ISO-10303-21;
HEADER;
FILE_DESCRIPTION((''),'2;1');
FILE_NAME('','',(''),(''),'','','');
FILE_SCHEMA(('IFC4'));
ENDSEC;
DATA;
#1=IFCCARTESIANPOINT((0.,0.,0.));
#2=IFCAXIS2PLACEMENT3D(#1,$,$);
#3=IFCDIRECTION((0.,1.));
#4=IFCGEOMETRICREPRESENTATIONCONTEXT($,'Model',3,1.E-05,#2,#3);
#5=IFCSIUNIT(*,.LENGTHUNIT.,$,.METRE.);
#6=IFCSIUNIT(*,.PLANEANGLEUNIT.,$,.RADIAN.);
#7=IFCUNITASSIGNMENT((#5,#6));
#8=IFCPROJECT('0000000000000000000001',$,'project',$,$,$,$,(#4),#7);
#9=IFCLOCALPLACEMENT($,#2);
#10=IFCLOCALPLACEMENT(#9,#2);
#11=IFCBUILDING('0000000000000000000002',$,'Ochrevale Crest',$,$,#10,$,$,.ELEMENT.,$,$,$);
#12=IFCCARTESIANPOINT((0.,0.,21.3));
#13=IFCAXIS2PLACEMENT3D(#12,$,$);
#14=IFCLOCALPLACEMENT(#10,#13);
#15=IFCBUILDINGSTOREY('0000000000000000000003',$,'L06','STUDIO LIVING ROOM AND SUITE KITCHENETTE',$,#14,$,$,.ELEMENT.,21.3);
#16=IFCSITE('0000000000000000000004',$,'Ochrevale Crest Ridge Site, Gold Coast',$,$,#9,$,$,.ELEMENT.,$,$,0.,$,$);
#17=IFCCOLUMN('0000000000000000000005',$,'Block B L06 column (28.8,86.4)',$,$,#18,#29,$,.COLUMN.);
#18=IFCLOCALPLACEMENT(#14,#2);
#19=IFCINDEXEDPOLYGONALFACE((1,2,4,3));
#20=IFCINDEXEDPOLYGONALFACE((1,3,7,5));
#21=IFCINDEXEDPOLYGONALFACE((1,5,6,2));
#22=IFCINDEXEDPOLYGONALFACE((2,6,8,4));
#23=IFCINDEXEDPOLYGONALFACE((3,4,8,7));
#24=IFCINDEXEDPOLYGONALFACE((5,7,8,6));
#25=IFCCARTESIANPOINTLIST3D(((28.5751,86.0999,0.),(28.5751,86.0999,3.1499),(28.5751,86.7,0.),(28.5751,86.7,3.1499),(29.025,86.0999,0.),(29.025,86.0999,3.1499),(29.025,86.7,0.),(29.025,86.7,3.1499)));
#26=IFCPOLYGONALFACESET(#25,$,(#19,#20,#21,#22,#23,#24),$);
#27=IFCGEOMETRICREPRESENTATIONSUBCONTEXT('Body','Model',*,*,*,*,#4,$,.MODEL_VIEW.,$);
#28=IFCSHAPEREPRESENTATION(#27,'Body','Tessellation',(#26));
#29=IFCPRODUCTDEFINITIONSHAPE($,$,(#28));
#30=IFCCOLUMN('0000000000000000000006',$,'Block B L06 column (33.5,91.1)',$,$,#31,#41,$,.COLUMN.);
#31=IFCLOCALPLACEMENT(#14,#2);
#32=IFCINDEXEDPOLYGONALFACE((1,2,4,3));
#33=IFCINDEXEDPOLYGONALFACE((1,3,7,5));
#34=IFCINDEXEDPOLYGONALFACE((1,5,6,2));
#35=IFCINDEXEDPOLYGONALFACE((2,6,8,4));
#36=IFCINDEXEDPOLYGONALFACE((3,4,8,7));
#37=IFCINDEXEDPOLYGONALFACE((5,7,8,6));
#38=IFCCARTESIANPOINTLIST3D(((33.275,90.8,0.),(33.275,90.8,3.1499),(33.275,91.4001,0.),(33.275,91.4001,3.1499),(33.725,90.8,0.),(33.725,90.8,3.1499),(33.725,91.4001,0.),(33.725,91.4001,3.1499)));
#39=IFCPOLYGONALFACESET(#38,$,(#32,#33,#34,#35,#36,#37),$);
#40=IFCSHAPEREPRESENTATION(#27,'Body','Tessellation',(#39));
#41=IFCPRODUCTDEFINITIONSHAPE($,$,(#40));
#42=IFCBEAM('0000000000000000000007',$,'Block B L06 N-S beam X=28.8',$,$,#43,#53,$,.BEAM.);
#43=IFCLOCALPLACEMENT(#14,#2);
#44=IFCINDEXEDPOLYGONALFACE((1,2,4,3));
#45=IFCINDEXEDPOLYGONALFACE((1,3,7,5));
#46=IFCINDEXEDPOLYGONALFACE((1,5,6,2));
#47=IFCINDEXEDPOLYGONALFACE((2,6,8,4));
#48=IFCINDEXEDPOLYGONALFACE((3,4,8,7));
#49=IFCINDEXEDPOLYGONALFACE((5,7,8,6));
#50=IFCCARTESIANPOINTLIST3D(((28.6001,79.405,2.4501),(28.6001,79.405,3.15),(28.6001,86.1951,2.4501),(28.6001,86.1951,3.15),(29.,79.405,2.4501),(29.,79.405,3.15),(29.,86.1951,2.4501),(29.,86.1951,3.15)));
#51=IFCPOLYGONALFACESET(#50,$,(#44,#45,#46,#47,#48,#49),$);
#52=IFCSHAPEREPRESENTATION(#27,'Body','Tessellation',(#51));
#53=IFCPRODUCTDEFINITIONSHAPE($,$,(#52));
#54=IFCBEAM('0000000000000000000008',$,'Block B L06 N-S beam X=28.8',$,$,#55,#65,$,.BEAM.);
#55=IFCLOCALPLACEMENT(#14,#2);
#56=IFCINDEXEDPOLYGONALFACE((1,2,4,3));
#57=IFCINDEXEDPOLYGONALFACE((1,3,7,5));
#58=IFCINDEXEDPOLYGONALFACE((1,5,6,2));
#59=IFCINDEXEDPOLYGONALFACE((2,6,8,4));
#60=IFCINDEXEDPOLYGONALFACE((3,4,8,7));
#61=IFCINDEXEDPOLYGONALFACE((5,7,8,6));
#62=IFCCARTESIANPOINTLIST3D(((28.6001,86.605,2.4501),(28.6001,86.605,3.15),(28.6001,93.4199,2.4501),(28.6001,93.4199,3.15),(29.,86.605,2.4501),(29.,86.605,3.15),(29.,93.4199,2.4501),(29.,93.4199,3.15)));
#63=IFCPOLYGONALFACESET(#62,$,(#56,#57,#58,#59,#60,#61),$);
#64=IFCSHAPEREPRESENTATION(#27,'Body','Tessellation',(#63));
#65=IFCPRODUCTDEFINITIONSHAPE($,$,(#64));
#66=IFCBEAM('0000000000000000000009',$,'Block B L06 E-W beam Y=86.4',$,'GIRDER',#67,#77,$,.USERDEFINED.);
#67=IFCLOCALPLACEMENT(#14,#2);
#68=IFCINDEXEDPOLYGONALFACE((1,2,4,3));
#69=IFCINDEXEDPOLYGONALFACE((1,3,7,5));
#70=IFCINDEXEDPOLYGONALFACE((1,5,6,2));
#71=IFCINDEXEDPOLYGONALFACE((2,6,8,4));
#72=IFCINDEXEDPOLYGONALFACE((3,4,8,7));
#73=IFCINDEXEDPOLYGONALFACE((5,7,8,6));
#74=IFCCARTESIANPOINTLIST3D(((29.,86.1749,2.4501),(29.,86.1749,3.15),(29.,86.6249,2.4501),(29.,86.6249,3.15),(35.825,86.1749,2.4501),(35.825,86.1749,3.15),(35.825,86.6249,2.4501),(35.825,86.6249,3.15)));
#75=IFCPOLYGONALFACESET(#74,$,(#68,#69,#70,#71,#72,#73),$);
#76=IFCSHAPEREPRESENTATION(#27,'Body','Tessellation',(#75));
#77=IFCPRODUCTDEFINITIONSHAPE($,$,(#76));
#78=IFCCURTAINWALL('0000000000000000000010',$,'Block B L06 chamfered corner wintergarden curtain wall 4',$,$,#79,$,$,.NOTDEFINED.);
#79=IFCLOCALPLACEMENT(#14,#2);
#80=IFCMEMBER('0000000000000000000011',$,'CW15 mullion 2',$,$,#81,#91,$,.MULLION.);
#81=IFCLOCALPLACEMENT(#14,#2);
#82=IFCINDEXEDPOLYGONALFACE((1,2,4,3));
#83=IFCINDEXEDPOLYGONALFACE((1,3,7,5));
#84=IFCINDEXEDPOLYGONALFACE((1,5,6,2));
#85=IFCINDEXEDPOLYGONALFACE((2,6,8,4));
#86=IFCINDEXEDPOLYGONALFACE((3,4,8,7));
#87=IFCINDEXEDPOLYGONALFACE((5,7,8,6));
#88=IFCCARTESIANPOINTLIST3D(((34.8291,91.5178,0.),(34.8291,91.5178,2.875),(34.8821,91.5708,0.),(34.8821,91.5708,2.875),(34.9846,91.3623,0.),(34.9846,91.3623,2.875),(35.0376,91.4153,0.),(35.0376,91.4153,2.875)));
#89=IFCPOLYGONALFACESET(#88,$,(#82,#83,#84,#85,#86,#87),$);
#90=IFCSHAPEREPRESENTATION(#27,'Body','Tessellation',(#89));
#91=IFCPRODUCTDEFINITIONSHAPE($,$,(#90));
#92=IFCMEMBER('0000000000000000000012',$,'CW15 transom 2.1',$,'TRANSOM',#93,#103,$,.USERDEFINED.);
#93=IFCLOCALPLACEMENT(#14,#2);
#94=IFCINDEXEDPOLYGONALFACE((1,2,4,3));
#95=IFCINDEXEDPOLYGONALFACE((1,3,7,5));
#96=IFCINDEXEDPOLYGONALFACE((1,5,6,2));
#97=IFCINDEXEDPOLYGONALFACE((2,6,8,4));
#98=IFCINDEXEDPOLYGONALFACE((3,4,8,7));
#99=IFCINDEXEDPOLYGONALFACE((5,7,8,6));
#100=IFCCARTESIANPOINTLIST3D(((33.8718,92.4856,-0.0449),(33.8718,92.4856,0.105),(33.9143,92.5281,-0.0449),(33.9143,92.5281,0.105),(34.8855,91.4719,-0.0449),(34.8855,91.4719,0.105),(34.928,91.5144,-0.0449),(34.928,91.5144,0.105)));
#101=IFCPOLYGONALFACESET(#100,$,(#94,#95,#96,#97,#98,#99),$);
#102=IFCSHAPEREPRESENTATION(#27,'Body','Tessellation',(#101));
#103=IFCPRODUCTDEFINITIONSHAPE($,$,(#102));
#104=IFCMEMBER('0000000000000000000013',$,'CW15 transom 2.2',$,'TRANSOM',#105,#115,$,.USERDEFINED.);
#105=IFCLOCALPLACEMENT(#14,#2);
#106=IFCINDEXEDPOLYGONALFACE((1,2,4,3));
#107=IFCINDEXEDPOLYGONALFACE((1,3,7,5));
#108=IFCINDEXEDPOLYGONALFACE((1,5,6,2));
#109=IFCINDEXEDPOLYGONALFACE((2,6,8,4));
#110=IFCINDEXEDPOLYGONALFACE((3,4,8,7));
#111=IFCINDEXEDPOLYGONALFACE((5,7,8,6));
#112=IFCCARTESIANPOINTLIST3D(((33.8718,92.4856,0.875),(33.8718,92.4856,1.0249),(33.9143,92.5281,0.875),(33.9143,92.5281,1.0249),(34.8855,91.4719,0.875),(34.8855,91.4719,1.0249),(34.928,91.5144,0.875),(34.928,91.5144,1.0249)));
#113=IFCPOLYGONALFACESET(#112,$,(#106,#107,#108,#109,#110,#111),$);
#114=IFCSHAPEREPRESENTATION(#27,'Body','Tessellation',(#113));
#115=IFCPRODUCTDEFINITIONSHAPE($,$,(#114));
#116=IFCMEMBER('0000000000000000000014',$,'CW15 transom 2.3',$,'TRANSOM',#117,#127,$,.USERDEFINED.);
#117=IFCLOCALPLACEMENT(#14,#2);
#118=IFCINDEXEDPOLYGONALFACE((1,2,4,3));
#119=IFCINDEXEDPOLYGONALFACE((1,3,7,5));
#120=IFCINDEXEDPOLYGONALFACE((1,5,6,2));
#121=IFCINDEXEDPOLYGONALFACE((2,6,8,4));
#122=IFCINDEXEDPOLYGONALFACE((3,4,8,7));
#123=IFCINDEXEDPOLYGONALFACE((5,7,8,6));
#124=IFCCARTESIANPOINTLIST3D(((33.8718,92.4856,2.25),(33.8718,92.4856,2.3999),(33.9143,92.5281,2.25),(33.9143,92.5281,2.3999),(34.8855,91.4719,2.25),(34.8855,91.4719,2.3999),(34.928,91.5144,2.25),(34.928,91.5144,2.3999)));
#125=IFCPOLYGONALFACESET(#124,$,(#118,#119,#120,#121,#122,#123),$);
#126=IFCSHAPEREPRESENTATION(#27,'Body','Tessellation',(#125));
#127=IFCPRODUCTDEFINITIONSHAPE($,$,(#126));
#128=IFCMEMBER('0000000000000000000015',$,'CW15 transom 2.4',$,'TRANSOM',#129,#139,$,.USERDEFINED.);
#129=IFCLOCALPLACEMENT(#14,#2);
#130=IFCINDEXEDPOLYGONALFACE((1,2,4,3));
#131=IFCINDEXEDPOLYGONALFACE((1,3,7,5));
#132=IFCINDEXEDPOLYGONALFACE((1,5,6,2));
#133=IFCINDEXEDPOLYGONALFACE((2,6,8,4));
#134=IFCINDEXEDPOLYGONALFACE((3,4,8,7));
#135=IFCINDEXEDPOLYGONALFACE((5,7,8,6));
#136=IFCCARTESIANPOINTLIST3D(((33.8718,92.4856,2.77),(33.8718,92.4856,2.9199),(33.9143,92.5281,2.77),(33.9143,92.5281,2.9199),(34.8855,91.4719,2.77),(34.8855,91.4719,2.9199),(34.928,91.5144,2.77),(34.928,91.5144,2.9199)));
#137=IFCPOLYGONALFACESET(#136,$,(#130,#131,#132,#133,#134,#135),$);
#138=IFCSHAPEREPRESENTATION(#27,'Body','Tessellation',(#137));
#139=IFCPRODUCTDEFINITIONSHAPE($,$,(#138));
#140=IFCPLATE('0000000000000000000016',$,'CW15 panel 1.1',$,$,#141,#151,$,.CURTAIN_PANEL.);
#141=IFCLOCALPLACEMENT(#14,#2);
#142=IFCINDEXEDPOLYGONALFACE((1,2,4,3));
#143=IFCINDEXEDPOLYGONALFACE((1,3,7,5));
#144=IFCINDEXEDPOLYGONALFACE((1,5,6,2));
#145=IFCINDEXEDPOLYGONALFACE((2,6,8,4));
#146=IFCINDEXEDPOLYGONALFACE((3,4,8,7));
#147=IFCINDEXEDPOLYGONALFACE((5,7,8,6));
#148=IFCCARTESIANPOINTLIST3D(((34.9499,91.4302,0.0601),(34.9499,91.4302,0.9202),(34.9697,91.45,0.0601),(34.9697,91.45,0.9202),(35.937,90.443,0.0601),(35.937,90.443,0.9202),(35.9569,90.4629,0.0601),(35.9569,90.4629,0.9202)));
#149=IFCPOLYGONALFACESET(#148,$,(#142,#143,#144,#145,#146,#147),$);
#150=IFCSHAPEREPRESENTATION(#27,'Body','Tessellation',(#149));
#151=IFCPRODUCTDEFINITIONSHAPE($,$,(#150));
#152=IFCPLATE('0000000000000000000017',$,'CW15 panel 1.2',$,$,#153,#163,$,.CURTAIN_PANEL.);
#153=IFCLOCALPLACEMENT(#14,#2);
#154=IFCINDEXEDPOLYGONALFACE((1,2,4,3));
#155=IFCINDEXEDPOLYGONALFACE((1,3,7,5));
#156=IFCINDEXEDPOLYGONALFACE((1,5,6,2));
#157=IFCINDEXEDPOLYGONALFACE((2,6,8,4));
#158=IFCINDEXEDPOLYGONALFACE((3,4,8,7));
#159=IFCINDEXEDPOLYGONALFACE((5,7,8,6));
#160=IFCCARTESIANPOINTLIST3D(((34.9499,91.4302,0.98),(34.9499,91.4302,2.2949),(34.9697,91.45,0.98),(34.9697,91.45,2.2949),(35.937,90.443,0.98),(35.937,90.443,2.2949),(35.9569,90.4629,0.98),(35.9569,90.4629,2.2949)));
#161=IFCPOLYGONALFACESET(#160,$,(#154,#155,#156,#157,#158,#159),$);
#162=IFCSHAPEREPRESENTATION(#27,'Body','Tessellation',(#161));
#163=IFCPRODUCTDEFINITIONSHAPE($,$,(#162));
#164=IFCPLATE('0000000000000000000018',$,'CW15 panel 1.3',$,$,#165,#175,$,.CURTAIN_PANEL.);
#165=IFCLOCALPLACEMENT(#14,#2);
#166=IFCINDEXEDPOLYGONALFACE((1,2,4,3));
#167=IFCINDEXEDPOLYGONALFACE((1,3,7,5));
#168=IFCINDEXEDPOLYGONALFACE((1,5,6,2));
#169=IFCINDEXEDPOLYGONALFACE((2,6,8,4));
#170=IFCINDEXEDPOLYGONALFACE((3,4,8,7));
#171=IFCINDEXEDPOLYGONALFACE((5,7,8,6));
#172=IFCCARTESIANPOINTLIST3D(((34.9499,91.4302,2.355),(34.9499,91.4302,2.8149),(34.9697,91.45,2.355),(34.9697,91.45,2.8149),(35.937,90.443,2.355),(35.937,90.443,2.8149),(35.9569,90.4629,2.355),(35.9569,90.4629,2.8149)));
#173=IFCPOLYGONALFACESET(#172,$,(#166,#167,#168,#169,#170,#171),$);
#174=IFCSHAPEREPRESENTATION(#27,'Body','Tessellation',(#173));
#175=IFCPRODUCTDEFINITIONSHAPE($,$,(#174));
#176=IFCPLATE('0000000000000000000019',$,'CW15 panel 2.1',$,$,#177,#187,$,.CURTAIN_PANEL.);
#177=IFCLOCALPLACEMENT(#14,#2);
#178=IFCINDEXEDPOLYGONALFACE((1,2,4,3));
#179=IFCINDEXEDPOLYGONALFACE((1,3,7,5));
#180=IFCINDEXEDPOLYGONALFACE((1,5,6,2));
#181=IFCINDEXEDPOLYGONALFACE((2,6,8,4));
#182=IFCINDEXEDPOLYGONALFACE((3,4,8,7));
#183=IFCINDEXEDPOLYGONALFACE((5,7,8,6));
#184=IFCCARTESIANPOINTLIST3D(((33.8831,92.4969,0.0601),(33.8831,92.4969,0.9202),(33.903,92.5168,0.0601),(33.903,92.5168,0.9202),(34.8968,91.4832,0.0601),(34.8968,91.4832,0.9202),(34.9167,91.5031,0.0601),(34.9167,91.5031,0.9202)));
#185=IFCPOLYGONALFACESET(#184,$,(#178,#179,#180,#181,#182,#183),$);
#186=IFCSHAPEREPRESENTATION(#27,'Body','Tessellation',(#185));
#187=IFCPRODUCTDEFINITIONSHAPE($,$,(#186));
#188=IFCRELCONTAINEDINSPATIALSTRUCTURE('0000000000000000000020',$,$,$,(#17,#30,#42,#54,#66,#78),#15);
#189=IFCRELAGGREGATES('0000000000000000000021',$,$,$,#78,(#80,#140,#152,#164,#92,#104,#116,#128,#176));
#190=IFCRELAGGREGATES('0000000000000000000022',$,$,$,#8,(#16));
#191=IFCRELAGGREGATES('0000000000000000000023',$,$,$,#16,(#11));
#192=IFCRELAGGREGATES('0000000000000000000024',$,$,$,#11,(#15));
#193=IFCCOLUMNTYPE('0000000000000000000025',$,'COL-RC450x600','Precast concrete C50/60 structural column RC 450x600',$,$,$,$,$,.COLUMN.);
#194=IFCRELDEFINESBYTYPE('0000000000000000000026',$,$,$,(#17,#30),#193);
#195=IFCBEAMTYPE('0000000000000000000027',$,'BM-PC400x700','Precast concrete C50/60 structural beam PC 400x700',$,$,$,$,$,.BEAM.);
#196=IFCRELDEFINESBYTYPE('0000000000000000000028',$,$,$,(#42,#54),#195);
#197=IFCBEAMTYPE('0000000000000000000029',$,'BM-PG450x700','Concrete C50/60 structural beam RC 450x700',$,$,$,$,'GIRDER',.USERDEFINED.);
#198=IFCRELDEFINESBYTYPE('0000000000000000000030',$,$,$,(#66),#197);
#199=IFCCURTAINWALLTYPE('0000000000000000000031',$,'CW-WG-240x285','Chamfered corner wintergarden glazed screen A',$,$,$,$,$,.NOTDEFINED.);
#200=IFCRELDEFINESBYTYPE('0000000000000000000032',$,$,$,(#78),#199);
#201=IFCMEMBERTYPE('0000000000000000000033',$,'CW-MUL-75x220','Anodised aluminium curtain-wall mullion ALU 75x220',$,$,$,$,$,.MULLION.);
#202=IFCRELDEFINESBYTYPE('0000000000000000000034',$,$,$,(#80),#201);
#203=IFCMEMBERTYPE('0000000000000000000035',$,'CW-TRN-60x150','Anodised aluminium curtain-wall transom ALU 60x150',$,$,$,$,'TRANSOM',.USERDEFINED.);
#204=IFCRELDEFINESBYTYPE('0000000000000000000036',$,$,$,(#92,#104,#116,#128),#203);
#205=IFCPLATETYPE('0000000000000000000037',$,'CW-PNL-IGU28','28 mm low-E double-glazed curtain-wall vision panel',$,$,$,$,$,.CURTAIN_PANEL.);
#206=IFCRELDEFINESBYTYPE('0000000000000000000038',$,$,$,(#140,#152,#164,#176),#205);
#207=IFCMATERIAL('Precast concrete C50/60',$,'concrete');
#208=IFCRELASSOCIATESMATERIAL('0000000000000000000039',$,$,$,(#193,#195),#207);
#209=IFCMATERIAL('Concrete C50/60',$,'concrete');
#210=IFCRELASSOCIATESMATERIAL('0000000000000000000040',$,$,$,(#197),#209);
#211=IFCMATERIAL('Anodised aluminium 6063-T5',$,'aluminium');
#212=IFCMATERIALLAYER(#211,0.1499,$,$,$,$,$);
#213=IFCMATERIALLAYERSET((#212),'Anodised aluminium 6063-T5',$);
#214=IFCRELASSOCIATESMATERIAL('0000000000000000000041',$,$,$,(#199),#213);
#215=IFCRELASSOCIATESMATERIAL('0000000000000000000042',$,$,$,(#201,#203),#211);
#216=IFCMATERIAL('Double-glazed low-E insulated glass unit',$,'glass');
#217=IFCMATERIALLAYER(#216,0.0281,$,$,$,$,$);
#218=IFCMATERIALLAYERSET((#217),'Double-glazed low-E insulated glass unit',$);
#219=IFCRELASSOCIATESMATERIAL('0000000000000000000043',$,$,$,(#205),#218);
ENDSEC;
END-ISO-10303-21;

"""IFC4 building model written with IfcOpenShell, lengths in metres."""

from ifc_helpers import new_model, si_unit, direction, frame, origin, origin_2d, place, context, subcontext, project, spatial, rectangle, extrude, material, layer, layer_set, material_profile, profile_set, type_object, element, aggregate, save


model = new_model("IFC4")

# Units and contexts
model_context = context("Model", 3, precision=1e-05, world=origin(), true_north=direction((0.0, 1.0)))
body_context = subcontext(model_context, "Body", "Model", "MODEL_VIEW")
ifc_project = project(units=[si_unit("LENGTHUNIT", "METRE"), si_unit("PLANEANGLEUNIT", "RADIAN")], contexts=[model_context])

# Site, building, storey
site_placement = place(None, origin())
site = spatial("IfcSite", under=ifc_project, at=site_placement, Name="Ochrevale Crest Ridge Site, Gold Coast", CompositionType="ELEMENT", RefElevation=0.0)
building_placement = place(site_placement, origin())
building = spatial("IfcBuilding", under=site, at=building_placement, Name="Ochrevale Crest", CompositionType="ELEMENT")
storey_placement = place(building_placement, frame((0.0, 0.0, 21.3)))
storey = spatial("IfcBuildingStorey", under=building, at=storey_placement, Name="L06", Description="STUDIO LIVING ROOM AND SUITE KITCHENETTE", CompositionType="ELEMENT", Elevation=21.3)

# Columns
ifc_material_1 = material(Name="Precast concrete C50/60", Category="concrete")
ifc_material_profile_1 = material_profile(ifc_material_1, rectangle(XDim=0.45, YDim=0.6001, at=origin_2d()), Name="RC 450x600")
ifc_profile_set_1 = profile_set([ifc_material_profile_1], Name="Precast concrete C50/60")
column_type = type_object("IfcColumnType", Name="COL-RC450x600", Description="Precast concrete C50/60 structural column RC 450x600", PredefinedType="COLUMN", material=ifc_profile_set_1)
for number, where, z_axis, x_axis, name in (
    (1, (28.8, 86.3999, 0.0), (0.0, 0.0, 1.0), (1.0, 0.0, 0.0), "Block B L06 column (28.8,86.4)"),
    (2, (33.5, 91.1001, 0.0), (0.0, 0.0, 1.0), (1.0, 0.0, 0.0), "Block B L06 column (33.5,91.1)"),
):
    element("IfcColumn", number, at=place(storey_placement, frame(where, z_axis=z_axis, x_axis=x_axis)), inside=storey, type_object=column_type, Name=name, PredefinedType="COLUMN", context=body_context, shape_type="SweptSolid", body=[
        extrude(rectangle(XDim=0.45, YDim=0.6001, at=origin_2d()), origin(), (0.0, 0.0, 1.0), 3.1499),
    ])

# Beams
ifc_material_profile_2 = material_profile(ifc_material_1, rectangle(XDim=0.3999, YDim=0.7, at=origin_2d()), Name="PC 400x700")
ifc_profile_set_2 = profile_set([ifc_material_profile_2], Name="Precast concrete C50/60")
beam_type_1 = type_object("IfcBeamType", Name="BM-PC400x700", Description="Precast concrete C50/60 structural beam PC 400x700", PredefinedType="BEAM", material=ifc_profile_set_2)
beam_1_placement = place(storey_placement, frame((28.8, 79.405, 2.8), z_axis=(0.0, 1.0, 0.0), x_axis=(-1.0, 0.0, 0.0)))
element("IfcBeam", 3, at=beam_1_placement, inside=storey, type_object=beam_type_1, Name="Block B L06 N-S beam X=28.8", PredefinedType="BEAM", context=body_context, shape_type="SweptSolid", body=[
    extrude(rectangle(XDim=0.3999, YDim=0.7, at=origin_2d()), origin(), (0.0, 0.0, 1.0), 6.79),
])
beam_2_placement = place(storey_placement, frame((28.8, 86.605, 2.8), z_axis=(0.0, 1.0, 0.0), x_axis=(-1.0, 0.0, 0.0)))
element("IfcBeam", 4, at=beam_2_placement, inside=storey, type_object=beam_type_1, Name="Block B L06 N-S beam X=28.8", PredefinedType="BEAM", context=body_context, shape_type="SweptSolid", body=[
    extrude(rectangle(XDim=0.3999, YDim=0.7, at=origin_2d()), origin(), (0.0, 0.0, 1.0), 6.8149),
])
ifc_material_2 = material(Name="Concrete C50/60", Category="concrete")
ifc_material_profile_3 = material_profile(ifc_material_2, rectangle(XDim=0.45, YDim=0.7, at=origin_2d()), Name="RC 450x700")
ifc_profile_set_3 = profile_set([ifc_material_profile_3], Name="Concrete C50/60")
beam_type_2 = type_object("IfcBeamType", Name="BM-PG450x700", Description="Concrete C50/60 structural beam RC 450x700", ElementType="GIRDER", PredefinedType="USERDEFINED", material=ifc_profile_set_3)
beam_3_placement = place(storey_placement, frame((29.0, 86.3999, 2.8), z_axis=(1.0, 0.0, 0.0), x_axis=(0.0, 1.0, 0.0)))
element("IfcBeam", 5, at=beam_3_placement, inside=storey, type_object=beam_type_2, Name="Block B L06 E-W beam Y=86.4", ObjectType="GIRDER", PredefinedType="USERDEFINED", context=body_context, shape_type="SweptSolid", body=[
    extrude(rectangle(XDim=0.45, YDim=0.7, at=origin_2d()), origin(), (0.0, 0.0, 1.0), 6.825),
])

# Curtain wall, members, plates
ifc_material_3 = material(Name="Anodised aluminium 6063-T5", Category="aluminium")
ifc_layer_1 = layer(ifc_material_3, 0.1499)
ifc_layer_set_1 = layer_set([ifc_layer_1], Name="Anodised aluminium 6063-T5")
curtain_wall_type = type_object("IfcCurtainWallType", Name="CW-WG-240x285", Description="Chamfered corner wintergarden glazed screen A", PredefinedType="NOTDEFINED", material=ifc_layer_set_1)
curtain_wall_placement = place(storey_placement, origin())
curtain_wall = element("IfcCurtainWall", 6, at=curtain_wall_placement, inside=storey, type_object=curtain_wall_type, Name="Block B L06 chamfered corner wintergarden curtain wall 4", PredefinedType="NOTDEFINED")
ifc_material_profile_4 = material_profile(ifc_material_3, rectangle(XDim=0.075, YDim=0.22, at=origin_2d()), Name="ALU 75x220")
ifc_profile_set_4 = profile_set([ifc_material_profile_4], Name="Anodised aluminium 6063-T5")
member_type_1 = type_object("IfcMemberType", Name="CW-MUL-75x220", Description="Anodised aluminium curtain-wall mullion ALU 75x220", PredefinedType="MULLION", material=ifc_profile_set_4)
member_1_placement = place(storey_placement, frame((34.9333, 91.4666, 0.0), z_axis=(0.0, 0.0, 1.0), x_axis=(-0.707107, -0.707107, 0.0)))
member_1 = element("IfcMember", 7, at=member_1_placement, type_object=member_type_1, Name="CW15 mullion 2", PredefinedType="MULLION", context=body_context, shape_type="SweptSolid", body=[
    extrude(rectangle(XDim=0.075, YDim=0.22, at=origin_2d()), origin(), (0.0, 0.0, 1.0), 2.875),
])
ifc_material_profile_5 = material_profile(ifc_material_3, rectangle(XDim=0.0601, YDim=0.1499, at=origin_2d()), Name="ALU 60x150")
ifc_profile_set_5 = profile_set([ifc_material_profile_5], Name="Anodised aluminium 6063-T5")
member_type_2 = type_object("IfcMemberType", Name="CW-TRN-60x150", Description="Anodised aluminium curtain-wall transom ALU 60x150", ElementType="TRANSOM", PredefinedType="USERDEFINED", material=ifc_profile_set_5)
member_2_placement = place(storey_placement, frame((34.9067, 91.4932, 0.03), z_axis=(-0.707107, 0.707107, 0.0), x_axis=(-0.707107, -0.707107, 0.0)))
member_2 = element("IfcMember", 8, at=member_2_placement, type_object=member_type_2, Name="CW15 transom 2.1", ObjectType="TRANSOM", PredefinedType="USERDEFINED", context=body_context, shape_type="SweptSolid", body=[
    extrude(rectangle(XDim=0.0601, YDim=0.1499, at=origin_2d()), origin(), (0.0, 0.0, 1.0), 1.4336),
])
member_3_placement = place(storey_placement, frame((34.9067, 91.4932, 0.95), z_axis=(-0.707107, 0.707107, 0.0), x_axis=(-0.707107, -0.707107, 0.0)))
member_3 = element("IfcMember", 9, at=member_3_placement, type_object=member_type_2, Name="CW15 transom 2.2", ObjectType="TRANSOM", PredefinedType="USERDEFINED", context=body_context, shape_type="SweptSolid", body=[
    extrude(rectangle(XDim=0.0601, YDim=0.1499, at=origin_2d()), origin(), (0.0, 0.0, 1.0), 1.4336),
])
member_4_placement = place(storey_placement, frame((34.9067, 91.4932, 2.325), z_axis=(-0.707107, 0.707107, 0.0), x_axis=(-0.707107, -0.707107, 0.0)))
member_4 = element("IfcMember", 10, at=member_4_placement, type_object=member_type_2, Name="CW15 transom 2.3", ObjectType="TRANSOM", PredefinedType="USERDEFINED", context=body_context, shape_type="SweptSolid", body=[
    extrude(rectangle(XDim=0.0601, YDim=0.1499, at=origin_2d()), origin(), (0.0, 0.0, 1.0), 1.4336),
])
member_5_placement = place(storey_placement, frame((34.9067, 91.4932, 2.845), z_axis=(-0.707107, 0.707107, 0.0), x_axis=(-0.707107, -0.707107, 0.0)))
member_5 = element("IfcMember", 11, at=member_5_placement, type_object=member_type_2, Name="CW15 transom 2.4", ObjectType="TRANSOM", PredefinedType="USERDEFINED", context=body_context, shape_type="SweptSolid", body=[
    extrude(rectangle(XDim=0.0601, YDim=0.1499, at=origin_2d()), origin(), (0.0, 0.0, 1.0), 1.4336),
])
ifc_material_4 = material(Name="Double-glazed low-E insulated glass unit", Category="glass")
ifc_layer_2 = layer(ifc_material_4, 0.0281)
ifc_layer_set_2 = layer_set([ifc_layer_2], Name="Double-glazed low-E insulated glass unit")
plate_type = type_object("IfcPlateType", Name="CW-PNL-IGU28", Description="28 mm low-E double-glazed curtain-wall vision panel", PredefinedType="CURTAIN_PANEL", material=ifc_layer_set_2)
plate_1_placement = place(storey_placement, frame((35.4534, 90.9465, 0.0601), z_axis=(0.0, 0.0, 1.0), x_axis=(-0.707107, 0.707107, 0.0)))
plate_1 = element("IfcPlate", 12, at=plate_1_placement, type_object=plate_type, Name="CW15 panel 1.1", PredefinedType="CURTAIN_PANEL", context=body_context, shape_type="SweptSolid", body=[
    extrude(rectangle(XDim=1.396, YDim=0.0281, at=origin_2d()), origin(), (0.0, 0.0, 1.0), 0.8601),
])
plate_2_placement = place(storey_placement, frame((35.4534, 90.9465, 0.98), z_axis=(0.0, 0.0, 1.0), x_axis=(-0.707107, 0.707107, 0.0)))
plate_2 = element("IfcPlate", 13, at=plate_2_placement, type_object=plate_type, Name="CW15 panel 1.2", PredefinedType="CURTAIN_PANEL", context=body_context, shape_type="SweptSolid", body=[
    extrude(rectangle(XDim=1.396, YDim=0.0281, at=origin_2d()), origin(), (0.0, 0.0, 1.0), 1.3149),
])
plate_3_placement = place(storey_placement, frame((35.4534, 90.9465, 2.355), z_axis=(0.0, 0.0, 1.0), x_axis=(-0.707107, 0.707107, 0.0)))
plate_3 = element("IfcPlate", 14, at=plate_3_placement, type_object=plate_type, Name="CW15 panel 1.3", PredefinedType="CURTAIN_PANEL", context=body_context, shape_type="SweptSolid", body=[
    extrude(rectangle(XDim=1.396, YDim=0.0281, at=origin_2d()), origin(), (0.0, 0.0, 1.0), 0.46),
])
plate_4_placement = place(storey_placement, frame((34.3999, 92.0, 0.0601), z_axis=(0.0, 0.0, 1.0), x_axis=(-0.707107, 0.707107, 0.0)))
plate_4 = element("IfcPlate", 15, at=plate_4_placement, type_object=plate_type, Name="CW15 panel 2.1", PredefinedType="CURTAIN_PANEL", context=body_context, shape_type="SweptSolid", body=[
    extrude(rectangle(XDim=1.4336, YDim=0.0281, at=origin_2d()), origin(), (0.0, 0.0, 1.0), 0.8601),
])
aggregate(curtain_wall, [member_1, plate_1, plate_2, plate_3, member_2, member_3, member_4, member_5, plate_4])

save(model, "model.ifc")
